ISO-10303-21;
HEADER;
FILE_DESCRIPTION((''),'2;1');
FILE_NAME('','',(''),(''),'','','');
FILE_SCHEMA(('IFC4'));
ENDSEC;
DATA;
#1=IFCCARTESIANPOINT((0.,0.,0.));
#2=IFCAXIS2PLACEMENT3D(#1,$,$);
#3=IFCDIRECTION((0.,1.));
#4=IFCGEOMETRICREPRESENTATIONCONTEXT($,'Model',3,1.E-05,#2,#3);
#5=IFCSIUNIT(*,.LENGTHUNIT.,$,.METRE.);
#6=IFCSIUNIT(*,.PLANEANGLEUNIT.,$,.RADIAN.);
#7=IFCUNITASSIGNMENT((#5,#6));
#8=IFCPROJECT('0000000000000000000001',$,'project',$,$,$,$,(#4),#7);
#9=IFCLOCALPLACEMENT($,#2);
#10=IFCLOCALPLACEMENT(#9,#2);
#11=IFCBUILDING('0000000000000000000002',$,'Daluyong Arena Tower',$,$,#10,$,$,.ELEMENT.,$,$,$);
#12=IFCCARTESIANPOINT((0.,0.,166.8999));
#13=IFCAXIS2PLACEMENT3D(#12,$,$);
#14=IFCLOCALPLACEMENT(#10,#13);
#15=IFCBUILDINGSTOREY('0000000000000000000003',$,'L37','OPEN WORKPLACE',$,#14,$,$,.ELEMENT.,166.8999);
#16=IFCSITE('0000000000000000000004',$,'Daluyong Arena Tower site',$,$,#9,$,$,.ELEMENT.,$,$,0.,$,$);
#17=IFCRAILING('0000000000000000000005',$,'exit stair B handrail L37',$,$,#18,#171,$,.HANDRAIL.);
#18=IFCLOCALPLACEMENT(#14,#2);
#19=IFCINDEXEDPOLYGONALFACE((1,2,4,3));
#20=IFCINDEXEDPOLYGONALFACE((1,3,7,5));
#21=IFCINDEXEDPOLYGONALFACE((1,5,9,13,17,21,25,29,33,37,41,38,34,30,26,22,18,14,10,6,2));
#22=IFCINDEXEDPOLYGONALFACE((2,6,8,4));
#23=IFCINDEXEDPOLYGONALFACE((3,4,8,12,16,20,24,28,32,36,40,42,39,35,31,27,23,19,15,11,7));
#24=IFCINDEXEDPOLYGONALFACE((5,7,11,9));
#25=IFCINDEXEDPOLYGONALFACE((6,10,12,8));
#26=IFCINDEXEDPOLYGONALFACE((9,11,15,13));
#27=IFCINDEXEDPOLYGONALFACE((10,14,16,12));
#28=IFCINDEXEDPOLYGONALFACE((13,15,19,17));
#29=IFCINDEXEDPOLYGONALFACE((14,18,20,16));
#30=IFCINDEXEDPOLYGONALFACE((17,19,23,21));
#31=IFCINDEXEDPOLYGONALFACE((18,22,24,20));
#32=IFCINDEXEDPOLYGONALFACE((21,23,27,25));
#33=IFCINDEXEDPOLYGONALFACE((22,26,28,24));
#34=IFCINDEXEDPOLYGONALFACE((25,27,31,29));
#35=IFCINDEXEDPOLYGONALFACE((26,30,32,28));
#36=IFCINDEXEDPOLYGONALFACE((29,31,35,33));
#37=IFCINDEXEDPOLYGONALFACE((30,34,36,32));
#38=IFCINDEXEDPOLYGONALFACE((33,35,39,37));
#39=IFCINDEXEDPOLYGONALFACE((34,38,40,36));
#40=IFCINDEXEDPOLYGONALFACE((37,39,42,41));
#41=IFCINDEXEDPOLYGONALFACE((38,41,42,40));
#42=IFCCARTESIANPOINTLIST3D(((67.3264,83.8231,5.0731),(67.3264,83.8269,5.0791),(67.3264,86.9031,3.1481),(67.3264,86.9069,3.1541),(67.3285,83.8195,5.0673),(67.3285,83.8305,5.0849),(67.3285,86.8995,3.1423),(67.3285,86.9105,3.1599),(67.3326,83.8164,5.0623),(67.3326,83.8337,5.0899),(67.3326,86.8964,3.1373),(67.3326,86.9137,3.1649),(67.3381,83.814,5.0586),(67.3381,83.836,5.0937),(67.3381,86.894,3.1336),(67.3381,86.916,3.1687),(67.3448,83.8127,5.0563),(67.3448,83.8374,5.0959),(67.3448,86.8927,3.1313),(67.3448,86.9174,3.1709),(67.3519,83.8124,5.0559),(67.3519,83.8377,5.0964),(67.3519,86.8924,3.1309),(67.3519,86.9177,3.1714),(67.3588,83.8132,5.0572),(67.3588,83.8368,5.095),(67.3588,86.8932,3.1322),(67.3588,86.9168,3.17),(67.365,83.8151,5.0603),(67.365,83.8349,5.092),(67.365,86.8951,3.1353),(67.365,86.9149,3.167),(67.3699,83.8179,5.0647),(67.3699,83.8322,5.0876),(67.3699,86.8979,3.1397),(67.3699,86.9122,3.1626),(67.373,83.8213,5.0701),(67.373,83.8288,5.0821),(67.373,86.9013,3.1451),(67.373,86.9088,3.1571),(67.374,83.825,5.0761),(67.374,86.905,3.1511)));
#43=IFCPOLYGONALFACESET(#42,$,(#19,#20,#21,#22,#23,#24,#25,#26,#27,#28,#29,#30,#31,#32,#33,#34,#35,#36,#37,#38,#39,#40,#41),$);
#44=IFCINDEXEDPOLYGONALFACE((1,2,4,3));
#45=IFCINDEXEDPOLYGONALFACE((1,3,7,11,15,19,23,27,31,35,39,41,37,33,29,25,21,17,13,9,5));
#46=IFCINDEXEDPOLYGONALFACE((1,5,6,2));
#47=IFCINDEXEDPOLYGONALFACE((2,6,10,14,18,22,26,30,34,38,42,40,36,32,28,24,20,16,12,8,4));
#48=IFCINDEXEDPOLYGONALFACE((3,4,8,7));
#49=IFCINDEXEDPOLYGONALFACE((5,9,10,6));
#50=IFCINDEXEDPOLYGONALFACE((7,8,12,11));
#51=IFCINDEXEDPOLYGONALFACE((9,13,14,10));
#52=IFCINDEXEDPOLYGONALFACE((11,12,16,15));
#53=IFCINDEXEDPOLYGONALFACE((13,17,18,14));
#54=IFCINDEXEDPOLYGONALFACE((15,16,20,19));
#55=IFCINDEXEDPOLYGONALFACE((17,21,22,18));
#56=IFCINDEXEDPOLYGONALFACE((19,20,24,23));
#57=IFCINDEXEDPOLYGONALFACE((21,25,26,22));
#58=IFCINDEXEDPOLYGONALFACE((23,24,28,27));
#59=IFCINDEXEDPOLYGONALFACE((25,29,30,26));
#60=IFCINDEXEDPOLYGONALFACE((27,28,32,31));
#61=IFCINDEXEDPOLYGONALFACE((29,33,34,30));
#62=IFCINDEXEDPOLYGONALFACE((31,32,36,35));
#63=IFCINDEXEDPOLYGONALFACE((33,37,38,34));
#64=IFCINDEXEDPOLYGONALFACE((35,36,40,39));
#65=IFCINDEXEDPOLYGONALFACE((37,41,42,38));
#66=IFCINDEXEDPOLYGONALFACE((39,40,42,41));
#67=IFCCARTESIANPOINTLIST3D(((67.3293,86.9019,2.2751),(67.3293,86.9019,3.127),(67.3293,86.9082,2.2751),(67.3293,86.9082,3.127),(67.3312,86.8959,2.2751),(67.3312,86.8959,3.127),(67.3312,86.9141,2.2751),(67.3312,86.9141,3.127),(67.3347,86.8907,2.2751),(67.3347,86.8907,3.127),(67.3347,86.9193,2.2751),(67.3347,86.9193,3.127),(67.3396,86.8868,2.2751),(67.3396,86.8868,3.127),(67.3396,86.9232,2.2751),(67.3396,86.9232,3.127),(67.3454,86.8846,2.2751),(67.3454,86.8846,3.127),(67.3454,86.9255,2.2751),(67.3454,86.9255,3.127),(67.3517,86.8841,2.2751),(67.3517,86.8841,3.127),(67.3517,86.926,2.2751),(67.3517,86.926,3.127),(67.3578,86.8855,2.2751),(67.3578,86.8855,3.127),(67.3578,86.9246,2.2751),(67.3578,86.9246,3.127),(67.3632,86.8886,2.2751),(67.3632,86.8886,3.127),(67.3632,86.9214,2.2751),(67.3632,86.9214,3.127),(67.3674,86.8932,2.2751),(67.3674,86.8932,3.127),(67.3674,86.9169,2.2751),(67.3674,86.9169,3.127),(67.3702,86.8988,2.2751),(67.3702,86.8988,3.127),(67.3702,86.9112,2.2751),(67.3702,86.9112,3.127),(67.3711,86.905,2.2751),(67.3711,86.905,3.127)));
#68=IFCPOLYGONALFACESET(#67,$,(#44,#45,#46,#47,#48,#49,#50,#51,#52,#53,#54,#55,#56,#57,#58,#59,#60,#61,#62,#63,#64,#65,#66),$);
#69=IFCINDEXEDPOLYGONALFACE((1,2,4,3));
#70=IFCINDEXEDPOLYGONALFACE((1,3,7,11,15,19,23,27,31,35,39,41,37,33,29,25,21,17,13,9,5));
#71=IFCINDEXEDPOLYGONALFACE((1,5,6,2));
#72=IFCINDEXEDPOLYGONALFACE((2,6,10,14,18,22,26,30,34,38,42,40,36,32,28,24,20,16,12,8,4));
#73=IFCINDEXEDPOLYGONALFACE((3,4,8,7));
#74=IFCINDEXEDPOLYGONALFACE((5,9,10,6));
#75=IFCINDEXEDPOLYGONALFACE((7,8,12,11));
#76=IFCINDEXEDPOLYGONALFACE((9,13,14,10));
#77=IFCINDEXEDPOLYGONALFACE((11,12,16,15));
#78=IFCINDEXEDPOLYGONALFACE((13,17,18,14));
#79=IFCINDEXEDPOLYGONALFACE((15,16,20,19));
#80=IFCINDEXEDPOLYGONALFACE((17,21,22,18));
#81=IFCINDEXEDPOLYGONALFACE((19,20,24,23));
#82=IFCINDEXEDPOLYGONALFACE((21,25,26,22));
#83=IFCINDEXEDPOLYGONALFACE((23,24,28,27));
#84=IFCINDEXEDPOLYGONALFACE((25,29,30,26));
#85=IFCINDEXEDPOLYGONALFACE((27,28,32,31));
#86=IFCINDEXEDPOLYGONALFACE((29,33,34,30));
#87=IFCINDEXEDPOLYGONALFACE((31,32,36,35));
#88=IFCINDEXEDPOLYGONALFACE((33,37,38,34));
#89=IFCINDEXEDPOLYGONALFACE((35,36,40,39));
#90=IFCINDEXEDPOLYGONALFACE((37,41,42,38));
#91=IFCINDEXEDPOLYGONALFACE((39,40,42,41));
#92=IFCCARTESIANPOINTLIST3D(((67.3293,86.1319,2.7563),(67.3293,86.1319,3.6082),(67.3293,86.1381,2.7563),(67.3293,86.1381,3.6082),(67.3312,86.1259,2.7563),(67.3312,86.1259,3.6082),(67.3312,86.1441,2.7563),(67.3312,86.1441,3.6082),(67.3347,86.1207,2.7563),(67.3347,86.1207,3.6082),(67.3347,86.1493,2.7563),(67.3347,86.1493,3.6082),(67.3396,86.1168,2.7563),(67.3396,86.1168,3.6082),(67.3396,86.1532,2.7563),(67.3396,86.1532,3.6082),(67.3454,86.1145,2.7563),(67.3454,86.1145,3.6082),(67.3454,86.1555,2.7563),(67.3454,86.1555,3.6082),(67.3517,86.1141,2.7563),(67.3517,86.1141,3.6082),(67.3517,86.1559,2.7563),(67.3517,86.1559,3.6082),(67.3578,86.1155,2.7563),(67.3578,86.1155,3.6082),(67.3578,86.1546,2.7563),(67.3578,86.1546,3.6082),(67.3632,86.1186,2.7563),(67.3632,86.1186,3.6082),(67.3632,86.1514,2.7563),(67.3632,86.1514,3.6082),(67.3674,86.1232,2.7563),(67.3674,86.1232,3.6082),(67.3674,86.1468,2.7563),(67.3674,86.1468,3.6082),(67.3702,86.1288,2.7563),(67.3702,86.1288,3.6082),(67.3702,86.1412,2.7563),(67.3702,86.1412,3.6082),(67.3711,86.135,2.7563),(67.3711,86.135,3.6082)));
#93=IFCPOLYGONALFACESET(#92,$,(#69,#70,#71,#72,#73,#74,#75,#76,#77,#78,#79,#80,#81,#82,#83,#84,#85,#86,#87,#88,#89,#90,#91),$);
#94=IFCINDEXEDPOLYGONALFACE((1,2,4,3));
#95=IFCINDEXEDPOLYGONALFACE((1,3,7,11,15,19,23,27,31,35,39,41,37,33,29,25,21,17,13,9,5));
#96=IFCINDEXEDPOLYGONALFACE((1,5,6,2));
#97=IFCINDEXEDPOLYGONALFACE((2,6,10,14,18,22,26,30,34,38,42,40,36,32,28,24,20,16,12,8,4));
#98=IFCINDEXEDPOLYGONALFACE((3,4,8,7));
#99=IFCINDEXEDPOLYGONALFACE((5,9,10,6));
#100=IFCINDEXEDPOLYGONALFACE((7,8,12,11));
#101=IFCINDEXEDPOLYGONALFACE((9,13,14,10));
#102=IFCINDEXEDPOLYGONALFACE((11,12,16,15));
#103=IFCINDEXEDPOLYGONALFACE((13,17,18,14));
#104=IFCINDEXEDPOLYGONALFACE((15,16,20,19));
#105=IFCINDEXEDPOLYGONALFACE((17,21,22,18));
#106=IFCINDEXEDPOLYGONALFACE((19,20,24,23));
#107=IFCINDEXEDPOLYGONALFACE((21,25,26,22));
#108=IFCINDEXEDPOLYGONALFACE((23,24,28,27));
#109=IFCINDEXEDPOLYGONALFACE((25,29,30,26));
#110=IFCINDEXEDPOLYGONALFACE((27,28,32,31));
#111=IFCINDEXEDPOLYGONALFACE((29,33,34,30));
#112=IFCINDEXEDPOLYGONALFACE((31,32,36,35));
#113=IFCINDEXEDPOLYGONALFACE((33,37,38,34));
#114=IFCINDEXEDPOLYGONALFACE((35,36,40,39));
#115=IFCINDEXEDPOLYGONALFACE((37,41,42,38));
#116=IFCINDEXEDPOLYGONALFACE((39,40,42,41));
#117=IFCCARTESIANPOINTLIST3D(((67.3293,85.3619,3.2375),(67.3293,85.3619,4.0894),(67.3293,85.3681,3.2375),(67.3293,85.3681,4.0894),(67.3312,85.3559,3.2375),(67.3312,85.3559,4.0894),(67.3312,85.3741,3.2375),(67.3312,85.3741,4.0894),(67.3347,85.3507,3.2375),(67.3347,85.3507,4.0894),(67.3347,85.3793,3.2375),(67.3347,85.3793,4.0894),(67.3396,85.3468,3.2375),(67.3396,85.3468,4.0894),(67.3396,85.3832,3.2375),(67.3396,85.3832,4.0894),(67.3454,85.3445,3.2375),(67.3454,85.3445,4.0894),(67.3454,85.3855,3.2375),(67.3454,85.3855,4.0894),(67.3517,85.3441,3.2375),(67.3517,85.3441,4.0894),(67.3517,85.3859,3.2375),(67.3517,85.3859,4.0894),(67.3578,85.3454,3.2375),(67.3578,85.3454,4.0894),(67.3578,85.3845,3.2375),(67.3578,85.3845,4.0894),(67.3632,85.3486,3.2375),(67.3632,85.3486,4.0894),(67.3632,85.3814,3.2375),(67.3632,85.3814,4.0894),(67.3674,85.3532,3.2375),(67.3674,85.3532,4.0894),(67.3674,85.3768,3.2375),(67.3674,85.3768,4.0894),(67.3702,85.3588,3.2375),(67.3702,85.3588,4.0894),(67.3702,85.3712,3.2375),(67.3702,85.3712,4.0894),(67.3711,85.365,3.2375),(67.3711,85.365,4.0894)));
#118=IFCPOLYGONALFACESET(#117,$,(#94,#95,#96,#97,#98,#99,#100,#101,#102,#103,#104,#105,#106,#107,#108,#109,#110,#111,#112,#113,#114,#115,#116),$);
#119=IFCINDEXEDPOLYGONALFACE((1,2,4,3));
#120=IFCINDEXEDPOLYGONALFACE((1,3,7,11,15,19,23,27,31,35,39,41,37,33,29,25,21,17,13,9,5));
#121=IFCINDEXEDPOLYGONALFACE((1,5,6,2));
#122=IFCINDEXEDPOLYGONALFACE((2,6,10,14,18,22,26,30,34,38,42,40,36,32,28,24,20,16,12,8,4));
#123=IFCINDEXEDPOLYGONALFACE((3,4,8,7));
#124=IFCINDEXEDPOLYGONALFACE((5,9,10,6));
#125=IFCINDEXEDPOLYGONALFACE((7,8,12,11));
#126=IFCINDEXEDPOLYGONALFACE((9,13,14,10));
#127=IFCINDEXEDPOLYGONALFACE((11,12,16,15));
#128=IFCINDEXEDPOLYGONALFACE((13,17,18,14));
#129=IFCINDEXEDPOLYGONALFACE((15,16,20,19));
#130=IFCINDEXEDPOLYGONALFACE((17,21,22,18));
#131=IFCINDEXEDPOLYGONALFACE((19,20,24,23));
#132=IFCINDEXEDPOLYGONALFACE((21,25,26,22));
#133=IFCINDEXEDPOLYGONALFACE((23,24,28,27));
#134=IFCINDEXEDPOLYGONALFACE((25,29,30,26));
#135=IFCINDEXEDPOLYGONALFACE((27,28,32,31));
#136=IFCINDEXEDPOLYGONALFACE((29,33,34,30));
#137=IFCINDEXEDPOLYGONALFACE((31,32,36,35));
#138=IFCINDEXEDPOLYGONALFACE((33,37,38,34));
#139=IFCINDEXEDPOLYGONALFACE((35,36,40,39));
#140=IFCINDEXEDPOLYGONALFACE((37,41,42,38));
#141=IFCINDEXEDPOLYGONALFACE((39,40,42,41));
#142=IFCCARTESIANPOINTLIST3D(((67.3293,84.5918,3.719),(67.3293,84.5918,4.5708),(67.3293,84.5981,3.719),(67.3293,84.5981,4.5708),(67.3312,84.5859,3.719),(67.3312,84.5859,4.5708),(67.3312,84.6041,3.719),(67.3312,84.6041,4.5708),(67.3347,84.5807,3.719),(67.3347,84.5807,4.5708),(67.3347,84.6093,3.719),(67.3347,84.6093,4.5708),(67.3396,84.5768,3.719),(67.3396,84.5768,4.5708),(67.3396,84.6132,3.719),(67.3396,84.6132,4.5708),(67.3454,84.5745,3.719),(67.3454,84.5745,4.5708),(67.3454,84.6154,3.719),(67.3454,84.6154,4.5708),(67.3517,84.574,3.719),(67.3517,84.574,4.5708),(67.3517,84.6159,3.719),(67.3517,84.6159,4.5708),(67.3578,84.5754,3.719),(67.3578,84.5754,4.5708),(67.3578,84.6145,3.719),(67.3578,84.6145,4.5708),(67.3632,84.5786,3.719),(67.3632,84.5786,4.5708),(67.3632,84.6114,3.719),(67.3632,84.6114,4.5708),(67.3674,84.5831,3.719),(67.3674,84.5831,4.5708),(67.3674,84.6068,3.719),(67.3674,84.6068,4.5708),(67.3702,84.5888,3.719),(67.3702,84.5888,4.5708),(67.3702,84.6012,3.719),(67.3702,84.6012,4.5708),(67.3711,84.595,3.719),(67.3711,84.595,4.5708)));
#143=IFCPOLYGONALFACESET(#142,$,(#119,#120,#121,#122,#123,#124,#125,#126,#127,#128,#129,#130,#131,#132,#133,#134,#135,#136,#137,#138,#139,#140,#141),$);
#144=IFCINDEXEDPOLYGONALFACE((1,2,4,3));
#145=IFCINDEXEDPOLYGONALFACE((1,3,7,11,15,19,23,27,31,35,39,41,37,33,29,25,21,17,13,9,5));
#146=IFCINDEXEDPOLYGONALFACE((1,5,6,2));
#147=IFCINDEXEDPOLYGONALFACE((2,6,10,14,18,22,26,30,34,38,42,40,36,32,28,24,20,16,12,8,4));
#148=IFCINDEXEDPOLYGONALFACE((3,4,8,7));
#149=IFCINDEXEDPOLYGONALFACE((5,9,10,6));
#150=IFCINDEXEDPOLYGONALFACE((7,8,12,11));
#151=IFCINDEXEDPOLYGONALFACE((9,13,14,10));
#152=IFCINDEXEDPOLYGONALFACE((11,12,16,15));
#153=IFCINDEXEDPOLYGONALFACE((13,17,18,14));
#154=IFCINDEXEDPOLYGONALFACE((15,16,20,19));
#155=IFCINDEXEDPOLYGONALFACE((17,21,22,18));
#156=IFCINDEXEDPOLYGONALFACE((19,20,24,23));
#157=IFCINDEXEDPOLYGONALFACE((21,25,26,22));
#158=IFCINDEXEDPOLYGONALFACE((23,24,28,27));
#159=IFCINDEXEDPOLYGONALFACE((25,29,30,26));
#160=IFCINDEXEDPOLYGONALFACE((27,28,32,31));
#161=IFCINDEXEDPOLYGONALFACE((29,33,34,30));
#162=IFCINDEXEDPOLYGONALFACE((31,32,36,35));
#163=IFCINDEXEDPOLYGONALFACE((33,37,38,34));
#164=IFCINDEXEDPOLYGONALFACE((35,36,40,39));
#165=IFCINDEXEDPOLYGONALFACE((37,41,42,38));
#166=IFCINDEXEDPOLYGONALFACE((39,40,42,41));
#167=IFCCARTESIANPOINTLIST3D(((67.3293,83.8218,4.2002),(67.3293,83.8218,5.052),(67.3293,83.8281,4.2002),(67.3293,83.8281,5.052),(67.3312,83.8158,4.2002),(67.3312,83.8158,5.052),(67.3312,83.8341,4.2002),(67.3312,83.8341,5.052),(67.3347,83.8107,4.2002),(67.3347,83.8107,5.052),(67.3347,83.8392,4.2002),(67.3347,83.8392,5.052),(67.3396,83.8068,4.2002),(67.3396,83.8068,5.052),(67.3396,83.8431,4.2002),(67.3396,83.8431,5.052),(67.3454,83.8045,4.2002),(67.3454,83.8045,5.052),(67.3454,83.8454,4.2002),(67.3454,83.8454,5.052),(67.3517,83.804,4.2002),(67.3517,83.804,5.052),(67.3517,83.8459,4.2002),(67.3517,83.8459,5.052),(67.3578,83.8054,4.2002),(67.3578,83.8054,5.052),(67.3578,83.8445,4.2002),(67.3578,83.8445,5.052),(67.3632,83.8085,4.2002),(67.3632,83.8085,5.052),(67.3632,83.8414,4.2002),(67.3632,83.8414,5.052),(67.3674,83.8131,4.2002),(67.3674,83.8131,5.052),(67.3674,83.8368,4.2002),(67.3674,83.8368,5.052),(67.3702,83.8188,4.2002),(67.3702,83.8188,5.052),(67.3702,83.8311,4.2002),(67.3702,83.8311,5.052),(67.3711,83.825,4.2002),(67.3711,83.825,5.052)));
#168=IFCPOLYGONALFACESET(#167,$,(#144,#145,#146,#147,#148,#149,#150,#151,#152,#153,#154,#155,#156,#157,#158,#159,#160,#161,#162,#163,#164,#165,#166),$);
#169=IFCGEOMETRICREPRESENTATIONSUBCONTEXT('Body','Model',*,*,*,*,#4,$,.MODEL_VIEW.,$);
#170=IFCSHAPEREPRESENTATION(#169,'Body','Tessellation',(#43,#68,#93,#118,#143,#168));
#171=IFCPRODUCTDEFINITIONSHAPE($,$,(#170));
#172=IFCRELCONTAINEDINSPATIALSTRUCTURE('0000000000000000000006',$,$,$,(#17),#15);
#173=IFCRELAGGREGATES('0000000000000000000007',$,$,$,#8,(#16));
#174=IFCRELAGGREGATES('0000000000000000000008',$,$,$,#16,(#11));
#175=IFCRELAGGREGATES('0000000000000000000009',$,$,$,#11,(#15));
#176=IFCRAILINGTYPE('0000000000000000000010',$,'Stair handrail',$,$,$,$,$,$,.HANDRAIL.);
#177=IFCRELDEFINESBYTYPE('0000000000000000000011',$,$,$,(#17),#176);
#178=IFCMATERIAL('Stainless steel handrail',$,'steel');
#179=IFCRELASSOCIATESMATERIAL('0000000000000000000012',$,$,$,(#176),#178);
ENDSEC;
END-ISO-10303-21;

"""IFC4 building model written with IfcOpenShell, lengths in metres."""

from ifc_helpers import new_model, si_unit, direction, frame, origin, origin_2d, place, context, subcontext, project, spatial, circle, extrude, material, type_object, element, save


model = new_model("IFC4")

# Units and contexts
model_context = context("Model", 3, precision=1e-05, world=origin(), true_north=direction((0.0, 1.0)))
body_context = subcontext(model_context, "Body", "Model", "MODEL_VIEW")
ifc_project = project(units=[si_unit("LENGTHUNIT", "METRE"), si_unit("PLANEANGLEUNIT", "RADIAN")], contexts=[model_context])

# Site, building, storey
site_placement = place(None, origin())
site = spatial("IfcSite", under=ifc_project, at=site_placement, Name="Daluyong Arena Tower site", CompositionType="ELEMENT", RefElevation=0.0)
building_placement = place(site_placement, origin())
building = spatial("IfcBuilding", under=site, at=building_placement, Name="Daluyong Arena Tower", CompositionType="ELEMENT")
storey_placement = place(building_placement, frame((0.0, 0.0, 166.8999)))
storey = spatial("IfcBuildingStorey", under=building, at=storey_placement, Name="L37", Description="OPEN WORKPLACE", CompositionType="ELEMENT", Elevation=166.8999)

# Railing
ifc_material_1 = material(Name="Stainless steel handrail", Category="steel")
railing_type = type_object("IfcRailingType", Name="Stair handrail", PredefinedType="HANDRAIL", material=ifc_material_1)
railing_placement = place(storey_placement, frame((67.3501, 86.905, 2.2751)))
element("IfcRailing", 1, at=railing_placement, inside=storey, type_object=railing_type, Name="exit stair B handrail L37", PredefinedType="HANDRAIL", context=body_context, shape_type="SweptSolid", body=[
    extrude(circle(Radius=0.0239, at=origin_2d()), frame((0.0, 0.0, 0.876), z_axis=(0.0, -0.847998, 0.529999), x_axis=(1.0, 0.0, 0.0)), (0.0, 0.0, 1.0), 3.6321),
    extrude(circle(Radius=0.021, at=origin_2d()), origin(), (0.0, 0.0, 1.0), 0.8518),
    extrude(circle(Radius=0.021, at=origin_2d()), frame((0.0, -0.77, 0.4812)), (0.0, 0.0, 1.0), 0.8518),
    extrude(circle(Radius=0.021, at=origin_2d()), frame((0.0, -1.54, 0.9624)), (0.0, 0.0, 1.0), 0.8518),
    extrude(circle(Radius=0.021, at=origin_2d()), frame((0.0, -2.3101, 1.4438)), (0.0, 0.0, 1.0), 0.8518),
    extrude(circle(Radius=0.021, at=origin_2d()), frame((0.0, -3.0801, 1.925)), (0.0, 0.0, 1.0), 0.8518),
])

save(model, "model.ifc")
